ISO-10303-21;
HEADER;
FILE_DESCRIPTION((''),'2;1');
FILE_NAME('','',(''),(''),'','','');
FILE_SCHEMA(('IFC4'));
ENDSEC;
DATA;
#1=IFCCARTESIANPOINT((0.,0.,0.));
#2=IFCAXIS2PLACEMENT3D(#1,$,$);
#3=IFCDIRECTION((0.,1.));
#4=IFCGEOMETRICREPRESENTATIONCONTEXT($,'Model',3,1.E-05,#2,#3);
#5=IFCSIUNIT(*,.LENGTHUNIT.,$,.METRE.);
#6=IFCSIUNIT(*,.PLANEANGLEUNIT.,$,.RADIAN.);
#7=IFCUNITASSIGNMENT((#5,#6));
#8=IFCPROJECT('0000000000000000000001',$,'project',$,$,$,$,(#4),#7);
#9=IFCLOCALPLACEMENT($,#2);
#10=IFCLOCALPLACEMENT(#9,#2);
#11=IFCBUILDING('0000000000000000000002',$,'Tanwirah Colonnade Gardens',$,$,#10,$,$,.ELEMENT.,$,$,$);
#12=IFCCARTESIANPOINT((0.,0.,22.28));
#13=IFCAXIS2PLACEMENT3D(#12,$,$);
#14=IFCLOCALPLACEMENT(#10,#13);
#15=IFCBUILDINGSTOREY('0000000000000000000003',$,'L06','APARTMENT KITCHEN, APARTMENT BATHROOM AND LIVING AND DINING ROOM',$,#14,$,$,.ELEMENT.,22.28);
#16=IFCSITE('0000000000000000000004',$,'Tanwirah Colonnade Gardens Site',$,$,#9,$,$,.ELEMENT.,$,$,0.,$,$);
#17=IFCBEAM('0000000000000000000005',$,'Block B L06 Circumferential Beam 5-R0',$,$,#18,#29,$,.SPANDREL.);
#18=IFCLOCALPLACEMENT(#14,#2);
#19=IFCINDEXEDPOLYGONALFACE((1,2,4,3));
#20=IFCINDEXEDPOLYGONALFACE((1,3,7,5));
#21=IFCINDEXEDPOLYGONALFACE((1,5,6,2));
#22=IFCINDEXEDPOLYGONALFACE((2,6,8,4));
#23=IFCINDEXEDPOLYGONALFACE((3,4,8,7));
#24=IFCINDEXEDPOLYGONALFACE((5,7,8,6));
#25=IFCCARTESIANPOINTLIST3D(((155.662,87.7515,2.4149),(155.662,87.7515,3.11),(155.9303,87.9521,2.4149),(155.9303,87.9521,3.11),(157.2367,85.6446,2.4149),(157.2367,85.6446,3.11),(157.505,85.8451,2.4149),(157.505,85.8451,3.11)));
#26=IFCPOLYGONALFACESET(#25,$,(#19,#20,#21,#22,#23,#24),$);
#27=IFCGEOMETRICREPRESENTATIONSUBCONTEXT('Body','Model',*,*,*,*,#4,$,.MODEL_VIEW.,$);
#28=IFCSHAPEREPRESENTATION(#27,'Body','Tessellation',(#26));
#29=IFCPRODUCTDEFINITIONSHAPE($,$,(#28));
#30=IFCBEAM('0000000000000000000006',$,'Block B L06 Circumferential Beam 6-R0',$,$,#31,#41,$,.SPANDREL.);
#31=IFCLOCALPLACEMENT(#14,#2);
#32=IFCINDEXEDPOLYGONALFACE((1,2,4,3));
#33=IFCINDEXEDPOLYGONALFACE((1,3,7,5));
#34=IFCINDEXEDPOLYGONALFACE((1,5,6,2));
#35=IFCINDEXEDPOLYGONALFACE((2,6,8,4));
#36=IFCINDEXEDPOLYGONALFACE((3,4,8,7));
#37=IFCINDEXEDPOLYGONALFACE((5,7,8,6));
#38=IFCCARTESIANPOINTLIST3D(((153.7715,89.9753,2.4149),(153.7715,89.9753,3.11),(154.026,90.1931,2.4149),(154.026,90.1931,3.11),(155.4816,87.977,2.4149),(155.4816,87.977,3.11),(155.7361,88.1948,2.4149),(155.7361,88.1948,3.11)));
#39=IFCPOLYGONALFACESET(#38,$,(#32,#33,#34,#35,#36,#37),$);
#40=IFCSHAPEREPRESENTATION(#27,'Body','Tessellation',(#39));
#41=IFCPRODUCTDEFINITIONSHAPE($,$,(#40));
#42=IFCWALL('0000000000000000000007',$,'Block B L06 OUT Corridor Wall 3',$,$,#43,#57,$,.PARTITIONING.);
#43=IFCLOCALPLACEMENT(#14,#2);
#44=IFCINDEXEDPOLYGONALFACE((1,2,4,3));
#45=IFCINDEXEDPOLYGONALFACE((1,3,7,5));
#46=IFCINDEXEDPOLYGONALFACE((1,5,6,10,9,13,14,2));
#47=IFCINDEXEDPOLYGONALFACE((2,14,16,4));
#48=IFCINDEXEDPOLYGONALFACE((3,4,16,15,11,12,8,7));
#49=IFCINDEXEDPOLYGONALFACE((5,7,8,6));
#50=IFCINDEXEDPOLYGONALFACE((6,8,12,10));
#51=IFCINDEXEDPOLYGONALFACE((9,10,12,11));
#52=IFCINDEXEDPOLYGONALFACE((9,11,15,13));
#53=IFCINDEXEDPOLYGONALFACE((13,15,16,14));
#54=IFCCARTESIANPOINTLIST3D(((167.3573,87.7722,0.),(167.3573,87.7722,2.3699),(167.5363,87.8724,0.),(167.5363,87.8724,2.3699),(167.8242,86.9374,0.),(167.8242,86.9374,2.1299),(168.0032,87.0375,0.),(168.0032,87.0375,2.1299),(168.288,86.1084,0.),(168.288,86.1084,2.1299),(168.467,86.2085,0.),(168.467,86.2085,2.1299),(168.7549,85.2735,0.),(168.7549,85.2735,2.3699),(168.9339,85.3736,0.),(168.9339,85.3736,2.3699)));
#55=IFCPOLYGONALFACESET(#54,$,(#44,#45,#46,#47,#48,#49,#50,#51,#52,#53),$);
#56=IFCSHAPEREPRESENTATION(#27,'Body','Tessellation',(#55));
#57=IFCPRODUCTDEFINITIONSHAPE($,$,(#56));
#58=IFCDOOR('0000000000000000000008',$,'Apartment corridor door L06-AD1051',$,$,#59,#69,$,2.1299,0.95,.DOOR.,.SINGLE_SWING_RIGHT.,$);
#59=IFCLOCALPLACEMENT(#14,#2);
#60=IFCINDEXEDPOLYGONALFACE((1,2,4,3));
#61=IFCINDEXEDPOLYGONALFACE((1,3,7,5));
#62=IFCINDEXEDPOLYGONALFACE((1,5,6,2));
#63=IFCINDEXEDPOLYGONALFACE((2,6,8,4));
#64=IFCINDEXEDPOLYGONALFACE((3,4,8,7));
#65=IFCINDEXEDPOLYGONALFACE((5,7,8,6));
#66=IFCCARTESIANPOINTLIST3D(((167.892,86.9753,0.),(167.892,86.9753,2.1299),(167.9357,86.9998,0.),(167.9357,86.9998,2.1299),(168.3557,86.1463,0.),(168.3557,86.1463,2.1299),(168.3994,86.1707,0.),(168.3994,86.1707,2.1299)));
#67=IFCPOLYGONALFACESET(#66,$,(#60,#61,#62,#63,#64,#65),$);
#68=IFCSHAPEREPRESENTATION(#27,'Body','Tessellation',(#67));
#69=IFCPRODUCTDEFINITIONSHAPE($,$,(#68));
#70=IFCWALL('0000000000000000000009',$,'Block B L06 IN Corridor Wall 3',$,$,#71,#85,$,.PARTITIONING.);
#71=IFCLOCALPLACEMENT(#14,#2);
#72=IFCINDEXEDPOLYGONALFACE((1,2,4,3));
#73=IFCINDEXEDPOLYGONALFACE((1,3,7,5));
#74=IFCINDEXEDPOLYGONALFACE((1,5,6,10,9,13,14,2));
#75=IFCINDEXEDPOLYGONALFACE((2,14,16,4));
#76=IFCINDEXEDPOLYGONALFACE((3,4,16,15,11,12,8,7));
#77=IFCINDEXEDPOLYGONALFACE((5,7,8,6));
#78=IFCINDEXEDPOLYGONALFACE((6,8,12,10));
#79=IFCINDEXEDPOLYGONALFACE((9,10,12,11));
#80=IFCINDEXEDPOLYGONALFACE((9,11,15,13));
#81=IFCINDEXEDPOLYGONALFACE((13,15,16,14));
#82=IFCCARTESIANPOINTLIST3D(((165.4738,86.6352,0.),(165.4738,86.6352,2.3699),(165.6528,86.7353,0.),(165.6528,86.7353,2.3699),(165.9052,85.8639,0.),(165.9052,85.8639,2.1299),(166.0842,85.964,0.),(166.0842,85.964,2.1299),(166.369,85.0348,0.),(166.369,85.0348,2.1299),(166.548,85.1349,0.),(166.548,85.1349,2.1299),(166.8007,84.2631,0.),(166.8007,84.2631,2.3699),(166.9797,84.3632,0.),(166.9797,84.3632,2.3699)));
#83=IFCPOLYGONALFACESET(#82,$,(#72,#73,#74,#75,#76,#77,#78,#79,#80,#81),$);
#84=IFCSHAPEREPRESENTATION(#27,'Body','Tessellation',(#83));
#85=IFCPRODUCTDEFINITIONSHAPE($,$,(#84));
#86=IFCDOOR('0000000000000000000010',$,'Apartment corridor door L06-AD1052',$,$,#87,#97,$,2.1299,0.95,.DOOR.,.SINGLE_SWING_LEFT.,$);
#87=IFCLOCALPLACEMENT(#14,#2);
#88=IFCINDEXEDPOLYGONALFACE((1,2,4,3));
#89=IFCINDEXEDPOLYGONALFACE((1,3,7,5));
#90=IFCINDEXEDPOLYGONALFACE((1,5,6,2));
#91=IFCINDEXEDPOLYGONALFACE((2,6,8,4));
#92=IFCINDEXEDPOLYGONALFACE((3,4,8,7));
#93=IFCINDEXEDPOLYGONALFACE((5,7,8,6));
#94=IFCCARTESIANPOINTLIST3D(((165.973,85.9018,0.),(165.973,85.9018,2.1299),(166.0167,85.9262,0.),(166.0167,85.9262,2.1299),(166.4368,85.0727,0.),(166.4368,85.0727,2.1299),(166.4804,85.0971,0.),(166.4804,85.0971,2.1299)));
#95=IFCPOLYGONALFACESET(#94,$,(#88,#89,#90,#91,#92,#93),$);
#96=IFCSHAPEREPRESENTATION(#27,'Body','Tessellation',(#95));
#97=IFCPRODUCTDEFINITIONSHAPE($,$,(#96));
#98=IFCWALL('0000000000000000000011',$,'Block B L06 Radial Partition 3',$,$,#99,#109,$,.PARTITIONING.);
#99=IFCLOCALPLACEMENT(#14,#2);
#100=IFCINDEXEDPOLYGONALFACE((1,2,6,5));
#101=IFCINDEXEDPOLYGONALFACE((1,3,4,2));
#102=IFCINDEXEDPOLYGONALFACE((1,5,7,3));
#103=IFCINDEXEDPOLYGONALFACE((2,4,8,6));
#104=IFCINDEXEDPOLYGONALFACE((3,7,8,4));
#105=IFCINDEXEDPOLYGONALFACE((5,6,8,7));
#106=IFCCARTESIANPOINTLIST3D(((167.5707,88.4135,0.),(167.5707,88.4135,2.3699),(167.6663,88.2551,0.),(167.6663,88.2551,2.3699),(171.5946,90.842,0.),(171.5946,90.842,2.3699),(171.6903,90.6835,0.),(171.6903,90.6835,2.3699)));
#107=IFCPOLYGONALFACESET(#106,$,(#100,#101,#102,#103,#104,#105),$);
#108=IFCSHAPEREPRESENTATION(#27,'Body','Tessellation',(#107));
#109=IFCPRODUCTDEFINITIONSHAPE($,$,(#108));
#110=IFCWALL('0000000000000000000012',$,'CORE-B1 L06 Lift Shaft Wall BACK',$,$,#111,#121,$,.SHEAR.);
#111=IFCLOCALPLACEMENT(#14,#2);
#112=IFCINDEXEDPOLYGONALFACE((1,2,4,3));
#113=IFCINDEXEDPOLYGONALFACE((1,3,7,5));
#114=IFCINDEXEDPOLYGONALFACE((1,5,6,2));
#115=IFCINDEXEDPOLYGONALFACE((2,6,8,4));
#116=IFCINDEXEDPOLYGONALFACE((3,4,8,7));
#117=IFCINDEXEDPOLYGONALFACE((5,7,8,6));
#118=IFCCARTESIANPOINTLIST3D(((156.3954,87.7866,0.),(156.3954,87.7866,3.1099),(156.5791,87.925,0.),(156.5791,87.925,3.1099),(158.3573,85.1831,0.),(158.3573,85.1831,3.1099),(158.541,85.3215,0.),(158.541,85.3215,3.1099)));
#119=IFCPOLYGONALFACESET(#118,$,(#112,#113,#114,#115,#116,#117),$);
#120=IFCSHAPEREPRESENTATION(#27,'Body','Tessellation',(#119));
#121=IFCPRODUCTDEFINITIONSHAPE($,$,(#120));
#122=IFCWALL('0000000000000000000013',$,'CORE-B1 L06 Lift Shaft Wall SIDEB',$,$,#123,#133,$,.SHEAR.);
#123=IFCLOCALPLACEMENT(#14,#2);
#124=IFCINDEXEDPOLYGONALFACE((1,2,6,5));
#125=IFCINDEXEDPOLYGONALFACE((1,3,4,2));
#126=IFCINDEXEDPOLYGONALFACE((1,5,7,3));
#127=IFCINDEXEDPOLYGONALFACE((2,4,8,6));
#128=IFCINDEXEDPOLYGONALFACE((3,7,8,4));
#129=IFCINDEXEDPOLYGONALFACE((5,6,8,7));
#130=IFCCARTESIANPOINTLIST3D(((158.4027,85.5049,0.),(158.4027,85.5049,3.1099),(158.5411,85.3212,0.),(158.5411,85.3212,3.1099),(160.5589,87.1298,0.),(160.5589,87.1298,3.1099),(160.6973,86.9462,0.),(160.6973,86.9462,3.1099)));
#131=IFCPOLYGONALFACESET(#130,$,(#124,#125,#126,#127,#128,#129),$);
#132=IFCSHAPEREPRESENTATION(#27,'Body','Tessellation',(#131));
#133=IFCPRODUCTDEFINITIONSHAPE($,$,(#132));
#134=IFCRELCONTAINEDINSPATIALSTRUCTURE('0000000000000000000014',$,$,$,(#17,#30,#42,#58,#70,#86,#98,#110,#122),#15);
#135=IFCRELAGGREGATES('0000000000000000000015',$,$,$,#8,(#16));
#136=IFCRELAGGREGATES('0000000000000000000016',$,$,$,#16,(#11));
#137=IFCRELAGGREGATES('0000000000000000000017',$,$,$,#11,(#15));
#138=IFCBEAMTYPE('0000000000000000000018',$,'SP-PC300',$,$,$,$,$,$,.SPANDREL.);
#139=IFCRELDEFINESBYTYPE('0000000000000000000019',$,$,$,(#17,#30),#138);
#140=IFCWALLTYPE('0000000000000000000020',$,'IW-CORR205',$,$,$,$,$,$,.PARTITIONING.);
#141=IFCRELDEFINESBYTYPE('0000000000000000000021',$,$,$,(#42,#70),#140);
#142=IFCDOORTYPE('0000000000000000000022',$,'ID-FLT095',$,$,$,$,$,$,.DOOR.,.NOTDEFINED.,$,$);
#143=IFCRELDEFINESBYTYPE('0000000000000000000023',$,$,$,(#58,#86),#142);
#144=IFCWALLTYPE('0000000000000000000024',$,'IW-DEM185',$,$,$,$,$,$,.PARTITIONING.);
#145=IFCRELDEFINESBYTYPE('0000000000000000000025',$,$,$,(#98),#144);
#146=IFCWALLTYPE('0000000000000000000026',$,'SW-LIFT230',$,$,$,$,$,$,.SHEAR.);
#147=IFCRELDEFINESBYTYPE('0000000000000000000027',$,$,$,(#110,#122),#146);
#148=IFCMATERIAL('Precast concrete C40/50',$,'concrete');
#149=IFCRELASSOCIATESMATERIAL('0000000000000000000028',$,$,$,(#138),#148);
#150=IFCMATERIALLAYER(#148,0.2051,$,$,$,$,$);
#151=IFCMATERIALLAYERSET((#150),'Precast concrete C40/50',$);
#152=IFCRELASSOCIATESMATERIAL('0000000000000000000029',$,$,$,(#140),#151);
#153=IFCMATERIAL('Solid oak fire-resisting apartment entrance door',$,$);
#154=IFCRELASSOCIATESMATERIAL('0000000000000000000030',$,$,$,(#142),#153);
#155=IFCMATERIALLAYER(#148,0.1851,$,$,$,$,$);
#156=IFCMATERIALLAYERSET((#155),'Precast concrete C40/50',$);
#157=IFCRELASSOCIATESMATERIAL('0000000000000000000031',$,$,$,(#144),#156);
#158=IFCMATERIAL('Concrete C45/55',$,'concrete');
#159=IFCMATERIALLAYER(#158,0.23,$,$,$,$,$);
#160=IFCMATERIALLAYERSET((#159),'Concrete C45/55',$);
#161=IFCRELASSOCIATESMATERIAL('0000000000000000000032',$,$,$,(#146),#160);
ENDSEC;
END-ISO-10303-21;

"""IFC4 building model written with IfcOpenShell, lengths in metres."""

from ifc_helpers import new_model, si_unit, direction, frame, frame_2d, origin, origin_2d, place, context, subcontext, project, spatial, rectangle, extrude, material, layer, layer_set, material_profile, profile_set, type_object, element, fill, save


model = new_model("IFC4")

# Units and contexts
model_context = context("Model", 3, precision=1e-05, world=origin(), true_north=direction((0.0, 1.0)))
body_context = subcontext(model_context, "Body", "Model", "MODEL_VIEW")
ifc_project = project(units=[si_unit("LENGTHUNIT", "METRE"), si_unit("PLANEANGLEUNIT", "RADIAN")], contexts=[model_context])

# Site, building, storey
site_placement = place(None, origin())
site = spatial("IfcSite", under=ifc_project, at=site_placement, Name="Tanwirah Colonnade Gardens Site", CompositionType="ELEMENT", RefElevation=0.0)
building_placement = place(site_placement, origin())
building = spatial("IfcBuilding", under=site, at=building_placement, Name="Tanwirah Colonnade Gardens", CompositionType="ELEMENT")
storey_placement = place(building_placement, frame((0.0, 0.0, 22.28)))
storey = spatial("IfcBuildingStorey", under=building, at=storey_placement, Name="L06", Description="APARTMENT KITCHEN, APARTMENT BATHROOM AND LIVING AND DINING ROOM", CompositionType="ELEMENT", Elevation=22.28)

# Shared definitions
ifc_material_1 = material(Name="Precast concrete C40/50", Category="concrete")

# Beams
ifc_material_profile_1 = material_profile(ifc_material_1, rectangle(XDim=0.335, YDim=0.6951, at=origin_2d()), Name="PC-SP 335x695")
ifc_profile_set_1 = profile_set([ifc_material_profile_1], Name="Precast concrete C40/50")
beam_type_1 = type_object("IfcBeamType", Name="SP-PC300", PredefinedType="SPANDREL", material=ifc_profile_set_1)
beam_1_placement = place(storey_placement, frame((157.3708, 85.7449, 2.7625), z_axis=(-0.598663, 0.801001, 0.0), x_axis=(-0.801001, -0.598663, 0.0)))
element("IfcBeam", 1, at=beam_1_placement, inside=storey, type_object=beam_type_1, Name="Block B L06 Circumferential Beam 5-R0", PredefinedType="SPANDREL", context=body_context, shape_type="SweptSolid", body=[
    extrude(rectangle(XDim=0.335, YDim=0.6951, at=origin_2d()), origin(), (0.0, 0.0, 1.0), 2.6304),
])
beam_2_placement = place(storey_placement, frame((155.6089, 88.0859, 2.7625), z_axis=(-0.650218, 0.759748, 0.0), x_axis=(-0.759748, -0.650218, 0.0)))
element("IfcBeam", 2, at=beam_2_placement, inside=storey, type_object=beam_type_1, Name="Block B L06 Circumferential Beam 6-R0", PredefinedType="SPANDREL", context=body_context, shape_type="SweptSolid", body=[
    extrude(rectangle(XDim=0.335, YDim=0.6951, at=origin_2d()), origin(), (0.0, 0.0, 1.0), 2.6301),
])

# Walls, openings, doors
ifc_layer_1 = layer(ifc_material_1, 0.2051)
ifc_layer_set_1 = layer_set([ifc_layer_1], Name="Precast concrete C40/50")
wall_type_1 = type_object("IfcWallType", Name="IW-CORR205", PredefinedType="PARTITIONING", material=ifc_layer_set_1)
wall_1_placement = place(storey_placement, frame((168.8445, 85.3235, 0.0), z_axis=(0.0, 0.0, 1.0), x_axis=(-0.488175, 0.872746, 0.0)))
wall_1 = element("IfcWall", 3, at=wall_1_placement, inside=storey, type_object=wall_type_1, Name="Block B L06 OUT Corridor Wall 3", PredefinedType="PARTITIONING", context=body_context, shape_type="SweptSolid", body=[
    extrude(rectangle(XDim=2.863, YDim=0.2051, at=frame_2d((1.4316, 0.0))), origin(), (0.0, 0.0, 1.0), 2.3699),
])
opening_1_placement = place(wall_1_placement, frame((0.9565, 0.0, 0.0)))
opening_1 = element("IfcOpeningElement", 4, at=opening_1_placement, cuts=wall_1, PredefinedType="OPENING", context=body_context, shape_type="SweptSolid", body=[
    extrude(rectangle(XDim=0.95, YDim=2.1299, at=frame_2d((0.4751, 1.0649))), frame((0.0, 0.1125, 0.0), z_axis=(0.0, -1.0, 0.0), x_axis=(1.0, 0.0, 0.0)), (0.0, 0.0, 1.0), 0.2251),
])
ifc_material_2 = material(Name="Solid oak fire-resisting apartment entrance door")
door_type_1 = type_object("IfcDoorType", Name="ID-FLT095", OperationType="NOTDEFINED", PredefinedType="DOOR", material=ifc_material_2)
door_1_placement = place(opening_1_placement, origin())
door_1 = element("IfcDoor", 5, at=door_1_placement, inside=storey, type_object=door_type_1, Name="Apartment corridor door L06-AD1051", OperationType="SINGLE_SWING_RIGHT", OverallHeight=2.1299, OverallWidth=0.95, PredefinedType="DOOR", context=body_context, shape_type="SweptSolid", body=[
    extrude(rectangle(XDim=0.95, YDim=2.1299, at=frame_2d((0.4751, 1.0649))), frame((0.0, 0.0249, 0.0), z_axis=(0.0, -1.0, 0.0), x_axis=(1.0, 0.0, 0.0)), (0.0, 0.0, 1.0), 0.05),
])
fill(opening_1, door_1)
wall_2_placement = place(storey_placement, frame((166.8901, 84.3132, 0.0), z_axis=(0.0, 0.0, 1.0), x_axis=(-0.488196, 0.872734, 0.0)))
wall_2 = element("IfcWall", 6, at=wall_2_placement, inside=storey, type_object=wall_type_1, Name="Block B L06 IN Corridor Wall 3", PredefinedType="PARTITIONING", context=body_context, shape_type="SweptSolid", body=[
    extrude(rectangle(XDim=2.718, YDim=0.2051, at=frame_2d((1.3589, 0.0))), origin(), (0.0, 0.0, 1.0), 2.3699),
])
opening_2_placement = place(wall_2_placement, frame((0.884, 0.0, 0.0)))
opening_2 = element("IfcOpeningElement", 7, at=opening_2_placement, cuts=wall_2, PredefinedType="OPENING", context=body_context, shape_type="SweptSolid", body=[
    extrude(rectangle(XDim=0.95, YDim=2.1299, at=frame_2d((0.4751, 1.0649))), frame((0.0, 0.1125, 0.0), z_axis=(0.0, -1.0, 0.0), x_axis=(1.0, 0.0, 0.0)), (0.0, 0.0, 1.0), 0.2251),
])
door_2_placement = place(opening_2_placement, origin())
door_2 = element("IfcDoor", 8, at=door_2_placement, inside=storey, type_object=door_type_1, Name="Apartment corridor door L06-AD1052", OperationType="SINGLE_SWING_LEFT", OverallHeight=2.1299, OverallWidth=0.95, PredefinedType="DOOR", context=body_context, shape_type="SweptSolid", body=[
    extrude(rectangle(XDim=0.95, YDim=2.1299, at=frame_2d((0.4751, 1.0649))), frame((0.0, 0.0249, 0.0), z_axis=(0.0, -1.0, 0.0), x_axis=(1.0, 0.0, 0.0)), (0.0, 0.0, 1.0), 0.05),
])
fill(opening_2, door_2)

# Walls
ifc_layer_2 = layer(ifc_material_1, 0.1851)
ifc_layer_set_2 = layer_set([ifc_layer_2], Name="Precast concrete C40/50")
wall_type_2 = type_object("IfcWallType", Name="IW-DEM185", PredefinedType="PARTITIONING", material=ifc_layer_set_2)
wall_3_placement = place(storey_placement, frame((167.6184, 88.3342, 0.0), z_axis=(0.0, 0.0, 1.0), x_axis=(0.856165, 0.516702, 0.0)))
element("IfcWall", 9, at=wall_3_placement, inside=storey, type_object=wall_type_2, Name="Block B L06 Radial Partition 3", PredefinedType="PARTITIONING", context=body_context, shape_type="SweptSolid", body=[
    extrude(rectangle(XDim=4.7, YDim=0.1851, at=frame_2d((2.3501, 0.0))), origin(), (0.0, 0.0, 1.0), 2.3699),
])
ifc_material_3 = material(Name="Concrete C45/55", Category="concrete")
ifc_layer_3 = layer(ifc_material_3, 0.23)
ifc_layer_set_3 = layer_set([ifc_layer_3], Name="Concrete C45/55")
wall_type_3 = type_object("IfcWallType", Name="SW-LIFT230", PredefinedType="SHEAR", material=ifc_layer_set_3)
wall_4_placement = place(storey_placement, frame((156.4873, 87.8557, 0.0), z_axis=(0.0, 0.0, 1.0), x_axis=(0.60182, -0.798632, 0.0)))
element("IfcWall", 10, at=wall_4_placement, inside=storey, type_object=wall_type_3, Name="CORE-B1 L06 Lift Shaft Wall BACK", PredefinedType="SHEAR", context=body_context, shape_type="SweptSolid", body=[
    extrude(rectangle(XDim=3.26, YDim=0.23, at=frame_2d((1.6299, 0.0))), origin(), (0.0, 0.0, 1.0), 3.1099),
])
wall_5_placement = place(storey_placement, frame((160.6282, 87.0381, 0.0), z_axis=(0.0, 0.0, 1.0), x_axis=(-0.798609, -0.60185, 0.0)))
element("IfcWall", 11, at=wall_5_placement, inside=storey, type_object=wall_type_3, Name="CORE-B1 L06 Lift Shaft Wall SIDEB", PredefinedType="SHEAR", context=body_context, shape_type="SweptSolid", body=[
    extrude(rectangle(XDim=2.7, YDim=0.23, at=frame_2d((1.3501, 0.0))), origin(), (0.0, 0.0, 1.0), 3.1099),
])

save(model, "model.ifc")
